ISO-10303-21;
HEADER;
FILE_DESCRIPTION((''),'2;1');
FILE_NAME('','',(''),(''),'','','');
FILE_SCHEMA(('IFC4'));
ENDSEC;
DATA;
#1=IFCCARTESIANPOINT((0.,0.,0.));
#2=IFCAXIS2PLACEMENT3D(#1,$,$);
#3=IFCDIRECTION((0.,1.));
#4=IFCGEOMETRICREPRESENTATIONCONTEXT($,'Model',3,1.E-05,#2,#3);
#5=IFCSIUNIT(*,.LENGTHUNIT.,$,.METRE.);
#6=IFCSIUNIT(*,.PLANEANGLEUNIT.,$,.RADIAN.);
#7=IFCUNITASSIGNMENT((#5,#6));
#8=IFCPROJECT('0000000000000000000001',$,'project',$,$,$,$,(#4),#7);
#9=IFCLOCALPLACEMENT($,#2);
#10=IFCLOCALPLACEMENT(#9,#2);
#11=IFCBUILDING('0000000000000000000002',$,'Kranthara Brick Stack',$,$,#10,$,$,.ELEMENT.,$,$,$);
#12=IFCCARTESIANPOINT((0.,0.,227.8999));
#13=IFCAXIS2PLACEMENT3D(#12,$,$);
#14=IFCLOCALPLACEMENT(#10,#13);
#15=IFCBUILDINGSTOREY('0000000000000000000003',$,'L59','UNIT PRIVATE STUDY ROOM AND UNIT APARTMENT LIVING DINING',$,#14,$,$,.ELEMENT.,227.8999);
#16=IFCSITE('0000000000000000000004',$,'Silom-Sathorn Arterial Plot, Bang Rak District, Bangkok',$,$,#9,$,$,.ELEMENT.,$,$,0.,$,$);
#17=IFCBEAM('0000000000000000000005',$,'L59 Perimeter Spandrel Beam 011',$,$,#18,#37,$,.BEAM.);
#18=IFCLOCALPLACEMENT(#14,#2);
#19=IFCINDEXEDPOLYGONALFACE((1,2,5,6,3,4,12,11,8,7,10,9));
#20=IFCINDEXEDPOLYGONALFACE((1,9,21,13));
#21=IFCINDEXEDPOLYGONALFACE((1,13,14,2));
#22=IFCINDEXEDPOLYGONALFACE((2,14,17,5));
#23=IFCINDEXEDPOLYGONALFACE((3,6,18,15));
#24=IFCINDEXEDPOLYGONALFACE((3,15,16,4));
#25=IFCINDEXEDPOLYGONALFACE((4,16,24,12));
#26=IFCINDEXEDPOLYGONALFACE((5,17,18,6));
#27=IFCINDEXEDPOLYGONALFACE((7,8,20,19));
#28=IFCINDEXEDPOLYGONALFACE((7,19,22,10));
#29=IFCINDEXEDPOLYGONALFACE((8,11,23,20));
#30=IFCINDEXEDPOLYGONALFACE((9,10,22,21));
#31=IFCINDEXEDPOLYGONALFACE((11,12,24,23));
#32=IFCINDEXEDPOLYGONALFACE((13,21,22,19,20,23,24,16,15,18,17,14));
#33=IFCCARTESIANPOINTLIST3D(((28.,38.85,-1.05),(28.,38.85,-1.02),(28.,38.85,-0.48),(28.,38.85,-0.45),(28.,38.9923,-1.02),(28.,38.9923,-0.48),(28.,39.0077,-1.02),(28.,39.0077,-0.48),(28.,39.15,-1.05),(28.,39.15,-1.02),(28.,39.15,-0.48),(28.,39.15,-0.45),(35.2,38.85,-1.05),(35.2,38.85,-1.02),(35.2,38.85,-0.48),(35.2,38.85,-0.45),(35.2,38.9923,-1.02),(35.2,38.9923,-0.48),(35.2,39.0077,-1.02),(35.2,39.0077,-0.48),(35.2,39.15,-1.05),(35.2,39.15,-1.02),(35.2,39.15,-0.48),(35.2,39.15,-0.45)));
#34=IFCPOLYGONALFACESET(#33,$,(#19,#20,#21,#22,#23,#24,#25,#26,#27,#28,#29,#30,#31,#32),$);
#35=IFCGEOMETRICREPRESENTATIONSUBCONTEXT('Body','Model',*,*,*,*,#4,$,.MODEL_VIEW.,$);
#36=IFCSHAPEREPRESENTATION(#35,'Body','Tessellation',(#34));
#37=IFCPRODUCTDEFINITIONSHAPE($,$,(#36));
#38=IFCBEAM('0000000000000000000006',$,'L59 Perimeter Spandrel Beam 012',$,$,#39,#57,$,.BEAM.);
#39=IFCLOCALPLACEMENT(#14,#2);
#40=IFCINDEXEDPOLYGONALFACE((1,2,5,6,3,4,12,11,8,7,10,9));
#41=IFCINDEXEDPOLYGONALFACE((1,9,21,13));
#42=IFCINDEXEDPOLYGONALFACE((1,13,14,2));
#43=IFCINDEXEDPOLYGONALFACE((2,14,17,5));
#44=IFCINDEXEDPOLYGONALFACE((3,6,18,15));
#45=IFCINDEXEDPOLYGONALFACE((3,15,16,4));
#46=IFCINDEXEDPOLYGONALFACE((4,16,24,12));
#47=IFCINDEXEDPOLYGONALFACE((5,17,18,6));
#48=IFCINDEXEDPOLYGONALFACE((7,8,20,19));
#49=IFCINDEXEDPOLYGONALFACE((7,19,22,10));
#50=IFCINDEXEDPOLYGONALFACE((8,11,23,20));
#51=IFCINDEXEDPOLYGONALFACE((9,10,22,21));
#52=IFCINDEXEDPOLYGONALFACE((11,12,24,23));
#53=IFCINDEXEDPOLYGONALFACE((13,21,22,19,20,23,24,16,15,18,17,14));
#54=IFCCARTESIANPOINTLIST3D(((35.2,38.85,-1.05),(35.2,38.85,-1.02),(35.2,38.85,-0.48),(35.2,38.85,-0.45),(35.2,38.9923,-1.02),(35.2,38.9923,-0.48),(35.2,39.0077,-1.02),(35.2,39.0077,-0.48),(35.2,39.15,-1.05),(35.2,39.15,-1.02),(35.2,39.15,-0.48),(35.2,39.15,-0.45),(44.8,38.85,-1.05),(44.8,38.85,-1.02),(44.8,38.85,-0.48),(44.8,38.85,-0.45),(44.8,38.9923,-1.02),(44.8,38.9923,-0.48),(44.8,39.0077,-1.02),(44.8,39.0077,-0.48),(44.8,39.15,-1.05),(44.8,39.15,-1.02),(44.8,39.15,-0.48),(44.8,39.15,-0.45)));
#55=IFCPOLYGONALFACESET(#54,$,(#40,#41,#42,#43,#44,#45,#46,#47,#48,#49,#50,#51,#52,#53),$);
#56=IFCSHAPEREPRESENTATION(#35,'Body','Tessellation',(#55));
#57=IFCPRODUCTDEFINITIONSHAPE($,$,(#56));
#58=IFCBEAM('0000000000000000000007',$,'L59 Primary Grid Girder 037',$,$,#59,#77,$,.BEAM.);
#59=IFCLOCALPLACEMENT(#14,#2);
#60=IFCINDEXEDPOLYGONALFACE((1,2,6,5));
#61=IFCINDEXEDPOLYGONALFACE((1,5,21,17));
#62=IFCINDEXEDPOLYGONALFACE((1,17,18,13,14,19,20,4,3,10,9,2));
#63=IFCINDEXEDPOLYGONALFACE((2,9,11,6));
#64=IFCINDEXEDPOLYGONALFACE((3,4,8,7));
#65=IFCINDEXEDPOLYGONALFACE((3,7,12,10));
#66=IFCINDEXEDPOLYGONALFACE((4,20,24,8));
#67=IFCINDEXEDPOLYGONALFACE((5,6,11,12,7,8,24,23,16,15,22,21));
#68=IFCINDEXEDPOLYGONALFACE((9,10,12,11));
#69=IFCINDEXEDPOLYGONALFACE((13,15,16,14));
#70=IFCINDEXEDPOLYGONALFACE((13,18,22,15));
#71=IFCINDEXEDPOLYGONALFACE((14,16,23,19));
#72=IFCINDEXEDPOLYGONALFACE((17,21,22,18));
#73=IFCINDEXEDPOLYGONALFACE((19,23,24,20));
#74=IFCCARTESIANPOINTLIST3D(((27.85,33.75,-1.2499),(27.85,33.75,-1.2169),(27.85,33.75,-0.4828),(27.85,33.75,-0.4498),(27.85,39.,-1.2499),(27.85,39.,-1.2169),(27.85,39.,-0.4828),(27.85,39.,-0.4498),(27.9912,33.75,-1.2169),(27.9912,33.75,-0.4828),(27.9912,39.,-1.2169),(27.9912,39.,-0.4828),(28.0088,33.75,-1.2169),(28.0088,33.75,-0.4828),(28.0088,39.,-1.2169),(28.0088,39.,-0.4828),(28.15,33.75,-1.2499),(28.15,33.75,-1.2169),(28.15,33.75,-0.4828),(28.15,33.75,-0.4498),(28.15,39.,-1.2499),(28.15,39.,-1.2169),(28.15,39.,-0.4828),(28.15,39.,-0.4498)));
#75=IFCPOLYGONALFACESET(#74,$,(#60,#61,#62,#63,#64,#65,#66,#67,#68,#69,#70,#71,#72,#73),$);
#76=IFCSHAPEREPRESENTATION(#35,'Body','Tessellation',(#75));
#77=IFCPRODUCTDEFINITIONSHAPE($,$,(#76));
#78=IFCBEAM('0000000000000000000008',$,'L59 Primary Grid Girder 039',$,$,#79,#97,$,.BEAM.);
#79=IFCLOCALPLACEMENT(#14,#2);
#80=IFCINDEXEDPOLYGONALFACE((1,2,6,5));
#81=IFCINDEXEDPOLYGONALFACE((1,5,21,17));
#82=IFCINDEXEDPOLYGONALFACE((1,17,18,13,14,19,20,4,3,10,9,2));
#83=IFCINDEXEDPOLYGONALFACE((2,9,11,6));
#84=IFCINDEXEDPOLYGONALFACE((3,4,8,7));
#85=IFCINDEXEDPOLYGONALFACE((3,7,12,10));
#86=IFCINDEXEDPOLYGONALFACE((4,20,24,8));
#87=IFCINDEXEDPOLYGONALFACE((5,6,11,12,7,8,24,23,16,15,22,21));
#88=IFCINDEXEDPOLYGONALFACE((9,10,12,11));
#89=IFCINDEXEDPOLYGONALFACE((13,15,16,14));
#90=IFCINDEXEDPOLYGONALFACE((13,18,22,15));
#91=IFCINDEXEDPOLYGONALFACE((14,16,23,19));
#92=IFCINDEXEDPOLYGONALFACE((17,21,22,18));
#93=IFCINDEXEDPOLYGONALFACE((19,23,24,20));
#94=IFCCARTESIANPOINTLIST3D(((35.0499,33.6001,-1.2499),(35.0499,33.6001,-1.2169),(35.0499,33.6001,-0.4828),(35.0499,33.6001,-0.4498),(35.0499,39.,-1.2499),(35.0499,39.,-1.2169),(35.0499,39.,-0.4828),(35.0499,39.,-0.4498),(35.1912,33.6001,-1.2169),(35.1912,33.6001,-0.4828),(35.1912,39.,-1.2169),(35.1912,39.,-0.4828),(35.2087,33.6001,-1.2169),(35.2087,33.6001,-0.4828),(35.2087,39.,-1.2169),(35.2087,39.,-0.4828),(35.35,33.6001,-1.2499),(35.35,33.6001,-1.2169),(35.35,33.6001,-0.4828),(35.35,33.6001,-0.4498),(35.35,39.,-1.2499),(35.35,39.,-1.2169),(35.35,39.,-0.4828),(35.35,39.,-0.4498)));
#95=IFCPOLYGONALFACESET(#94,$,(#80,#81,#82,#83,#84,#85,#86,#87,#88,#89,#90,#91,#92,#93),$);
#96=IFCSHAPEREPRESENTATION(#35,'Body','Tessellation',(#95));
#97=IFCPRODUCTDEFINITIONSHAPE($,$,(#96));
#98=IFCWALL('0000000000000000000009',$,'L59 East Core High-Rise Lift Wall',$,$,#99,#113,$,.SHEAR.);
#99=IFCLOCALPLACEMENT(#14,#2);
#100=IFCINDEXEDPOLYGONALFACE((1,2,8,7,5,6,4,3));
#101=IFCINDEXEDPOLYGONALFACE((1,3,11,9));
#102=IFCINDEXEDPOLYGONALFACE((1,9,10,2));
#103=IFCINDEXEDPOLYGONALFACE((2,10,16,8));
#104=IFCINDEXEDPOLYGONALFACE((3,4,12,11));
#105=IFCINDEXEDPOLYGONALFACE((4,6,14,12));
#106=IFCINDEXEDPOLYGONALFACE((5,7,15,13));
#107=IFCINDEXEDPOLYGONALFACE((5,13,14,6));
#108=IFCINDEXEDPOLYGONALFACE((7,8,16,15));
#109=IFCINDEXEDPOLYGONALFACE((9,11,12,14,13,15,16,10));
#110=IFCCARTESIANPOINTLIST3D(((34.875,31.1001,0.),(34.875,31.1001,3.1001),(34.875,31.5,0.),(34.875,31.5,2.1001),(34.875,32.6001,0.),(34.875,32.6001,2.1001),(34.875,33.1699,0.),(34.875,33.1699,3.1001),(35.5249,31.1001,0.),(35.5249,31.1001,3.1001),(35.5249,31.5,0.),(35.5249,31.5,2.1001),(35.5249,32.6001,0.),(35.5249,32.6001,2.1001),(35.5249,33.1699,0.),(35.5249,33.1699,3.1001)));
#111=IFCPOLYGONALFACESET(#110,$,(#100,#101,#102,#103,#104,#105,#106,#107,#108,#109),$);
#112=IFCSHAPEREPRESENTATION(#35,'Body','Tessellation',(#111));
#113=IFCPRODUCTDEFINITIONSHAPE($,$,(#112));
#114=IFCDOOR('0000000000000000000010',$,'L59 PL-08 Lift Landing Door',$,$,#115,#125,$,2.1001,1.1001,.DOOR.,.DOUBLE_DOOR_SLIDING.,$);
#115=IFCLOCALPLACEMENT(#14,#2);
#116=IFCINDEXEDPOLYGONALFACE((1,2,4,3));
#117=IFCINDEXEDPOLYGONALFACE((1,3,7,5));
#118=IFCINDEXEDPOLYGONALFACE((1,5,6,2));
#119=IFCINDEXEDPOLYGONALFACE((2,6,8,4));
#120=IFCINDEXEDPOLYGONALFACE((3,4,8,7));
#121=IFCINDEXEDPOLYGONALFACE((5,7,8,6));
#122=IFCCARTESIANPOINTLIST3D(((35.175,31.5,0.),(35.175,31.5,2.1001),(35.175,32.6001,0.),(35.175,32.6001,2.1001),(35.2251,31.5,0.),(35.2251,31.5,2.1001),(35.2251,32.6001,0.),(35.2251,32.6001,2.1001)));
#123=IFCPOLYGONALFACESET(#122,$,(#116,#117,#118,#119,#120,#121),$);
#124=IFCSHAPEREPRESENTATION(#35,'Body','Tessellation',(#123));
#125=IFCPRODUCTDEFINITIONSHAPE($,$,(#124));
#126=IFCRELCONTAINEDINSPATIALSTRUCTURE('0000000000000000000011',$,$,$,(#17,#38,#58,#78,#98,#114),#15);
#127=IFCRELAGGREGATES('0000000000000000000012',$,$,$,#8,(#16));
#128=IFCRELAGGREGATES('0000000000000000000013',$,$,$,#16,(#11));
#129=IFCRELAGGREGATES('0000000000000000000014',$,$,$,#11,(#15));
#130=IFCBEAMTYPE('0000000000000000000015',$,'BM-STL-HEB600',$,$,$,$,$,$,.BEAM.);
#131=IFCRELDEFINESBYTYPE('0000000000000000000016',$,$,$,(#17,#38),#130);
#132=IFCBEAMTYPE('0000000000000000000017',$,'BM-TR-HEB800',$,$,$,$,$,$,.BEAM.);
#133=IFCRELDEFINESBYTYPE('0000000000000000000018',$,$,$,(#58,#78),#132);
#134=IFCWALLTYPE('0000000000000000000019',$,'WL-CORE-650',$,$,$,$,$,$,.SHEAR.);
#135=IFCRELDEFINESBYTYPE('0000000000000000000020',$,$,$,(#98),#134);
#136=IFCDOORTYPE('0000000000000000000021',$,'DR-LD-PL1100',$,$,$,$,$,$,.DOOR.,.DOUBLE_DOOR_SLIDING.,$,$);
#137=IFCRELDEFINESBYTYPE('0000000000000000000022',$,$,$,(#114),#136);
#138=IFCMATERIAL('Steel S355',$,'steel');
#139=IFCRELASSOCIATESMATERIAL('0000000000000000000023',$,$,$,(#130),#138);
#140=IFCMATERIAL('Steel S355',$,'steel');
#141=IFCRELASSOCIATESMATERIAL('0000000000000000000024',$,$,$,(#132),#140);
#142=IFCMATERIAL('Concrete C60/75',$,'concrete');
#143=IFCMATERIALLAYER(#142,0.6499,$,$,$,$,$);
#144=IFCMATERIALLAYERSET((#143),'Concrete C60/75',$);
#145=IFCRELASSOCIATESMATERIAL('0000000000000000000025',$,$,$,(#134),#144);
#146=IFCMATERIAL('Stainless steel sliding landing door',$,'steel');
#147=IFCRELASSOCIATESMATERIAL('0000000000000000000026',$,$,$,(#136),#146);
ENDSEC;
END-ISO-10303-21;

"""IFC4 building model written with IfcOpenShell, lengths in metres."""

from ifc_helpers import new_model, si_unit, direction, frame, frame_2d, origin, origin_2d, place, context, subcontext, project, spatial, rectangle, i_section, extrude, material, layer, layer_set, material_profile, profile_set, type_object, element, fill, save


model = new_model("IFC4")

# Units and contexts
model_context = context("Model", 3, precision=1e-05, world=origin(), true_north=direction((0.0, 1.0)))
body_context = subcontext(model_context, "Body", "Model", "MODEL_VIEW")
ifc_project = project(units=[si_unit("LENGTHUNIT", "METRE"), si_unit("PLANEANGLEUNIT", "RADIAN")], contexts=[model_context])

# Site, building, storey
site_placement = place(None, origin())
site = spatial("IfcSite", under=ifc_project, at=site_placement, Name="Silom-Sathorn Arterial Plot, Bang Rak District, Bangkok", CompositionType="ELEMENT", RefElevation=0.0)
building_placement = place(site_placement, origin())
building = spatial("IfcBuilding", under=site, at=building_placement, Name="Kranthara Brick Stack", CompositionType="ELEMENT")
storey_placement = place(building_placement, frame((0.0, 0.0, 227.8999)))
storey = spatial("IfcBuildingStorey", under=building, at=storey_placement, Name="L59", Description="UNIT PRIVATE STUDY ROOM AND UNIT APARTMENT LIVING DINING", CompositionType="ELEMENT", Elevation=227.8999)

# Beams
ifc_material_1 = material(Name="Steel S355", Category="steel")
ifc_material_profile_1 = material_profile(ifc_material_1, i_section(OverallWidth=0.3, OverallDepth=0.6001, WebThickness=0.0154, FlangeThickness=0.03, at=origin_2d()), Name="HEB 600")
ifc_profile_set_1 = profile_set([ifc_material_profile_1], Name="Steel S355")
beam_type_1 = type_object("IfcBeamType", Name="BM-STL-HEB600", PredefinedType="BEAM", material=ifc_profile_set_1)
beam_1_placement = place(storey_placement, frame((28.0, 39.0, -0.75), z_axis=(1.0, 0.0, 0.0), x_axis=(0.0, 1.0, 0.0)))
element("IfcBeam", 1, at=beam_1_placement, inside=storey, type_object=beam_type_1, Name="L59 Perimeter Spandrel Beam 011", PredefinedType="BEAM", context=body_context, shape_type="SweptSolid", body=[
    extrude(i_section(OverallWidth=0.3, OverallDepth=0.6001, WebThickness=0.0154, FlangeThickness=0.03, at=origin_2d()), origin(), (0.0, 0.0, 1.0), 7.2),
])
beam_2_placement = place(storey_placement, frame((35.2, 39.0, -0.75), z_axis=(1.0, 0.0, 0.0), x_axis=(0.0, 1.0, 0.0)))
element("IfcBeam", 2, at=beam_2_placement, inside=storey, type_object=beam_type_1, Name="L59 Perimeter Spandrel Beam 012", PredefinedType="BEAM", context=body_context, shape_type="SweptSolid", body=[
    extrude(i_section(OverallWidth=0.3, OverallDepth=0.6001, WebThickness=0.0154, FlangeThickness=0.03, at=origin_2d()), origin(), (0.0, 0.0, 1.0), 9.6001),
])
ifc_material_2 = material(Name="Steel S355", Category="steel")
ifc_material_profile_2 = material_profile(ifc_material_2, i_section(OverallWidth=0.3, OverallDepth=0.8, WebThickness=0.0176, FlangeThickness=0.033, at=origin_2d()), Name="HEB 800")
ifc_profile_set_2 = profile_set([ifc_material_profile_2], Name="Steel S355")
beam_type_2 = type_object("IfcBeamType", Name="BM-TR-HEB800", PredefinedType="BEAM", material=ifc_profile_set_2)
beam_3_placement = place(storey_placement, frame((28.0, 33.75, -0.8499), z_axis=(0.0, 1.0, 0.0), x_axis=(-1.0, 0.0, 0.0)))
element("IfcBeam", 3, at=beam_3_placement, inside=storey, type_object=beam_type_2, Name="L59 Primary Grid Girder 037", PredefinedType="BEAM", context=body_context, shape_type="SweptSolid", body=[
    extrude(i_section(OverallWidth=0.3, OverallDepth=0.8, WebThickness=0.0176, FlangeThickness=0.033, at=origin_2d()), origin(), (0.0, 0.0, 1.0), 5.25),
])
beam_4_placement = place(storey_placement, frame((35.2, 33.6001, -0.8499), z_axis=(0.0, 1.0, 0.0), x_axis=(-1.0, 0.0, 0.0)))
element("IfcBeam", 4, at=beam_4_placement, inside=storey, type_object=beam_type_2, Name="L59 Primary Grid Girder 039", PredefinedType="BEAM", context=body_context, shape_type="SweptSolid", body=[
    extrude(i_section(OverallWidth=0.3, OverallDepth=0.8, WebThickness=0.0176, FlangeThickness=0.033, at=origin_2d()), origin(), (0.0, 0.0, 1.0), 5.3999),
])

# Shared definitions
ifc_material_3 = material(Name="Concrete C60/75", Category="concrete")
ifc_layer = layer(ifc_material_3, 0.6499)
ifc_layer_set = layer_set([ifc_layer], Name="Concrete C60/75")
wall_type = type_object("IfcWallType", Name="WL-CORE-650", PredefinedType="SHEAR", material=ifc_layer_set)

# Wall, opening, door
wall_1_placement = place(storey_placement, frame((35.2, 31.1001, 0.0), z_axis=(0.0, 0.0, 1.0), x_axis=(0.0, 1.0, 0.0)))
wall_1 = element("IfcWall", 5, at=wall_1_placement, inside=storey, type_object=wall_type, Name="L59 East Core High-Rise Lift Wall", PredefinedType="SHEAR", context=body_context, shape_type="SweptSolid", body=[
    extrude(rectangle(XDim=2.0698, YDim=0.6499, at=frame_2d((1.0349, 0.0))), origin(), (0.0, 0.0, 1.0), 3.1001),
])
opening_1_placement = place(wall_1_placement, frame((0.3999, 0.0, 0.0)))
opening_1 = element("IfcOpeningElement", 6, at=opening_1_placement, cuts=wall_1, PredefinedType="OPENING", context=body_context, shape_type="SweptSolid", body=[
    extrude(rectangle(XDim=1.1001, YDim=2.1001, at=frame_2d((0.55, 1.05))), frame((0.0, 0.335, 0.0), z_axis=(0.0, -1.0, 0.0), x_axis=(1.0, 0.0, 0.0)), (0.0, 0.0, 1.0), 0.6699),
])
ifc_material_4 = material(Name="Stainless steel sliding landing door", Category="steel")
door_type_1 = type_object("IfcDoorType", Name="DR-LD-PL1100", OperationType="DOUBLE_DOOR_SLIDING", PredefinedType="DOOR", material=ifc_material_4)
door_1_placement = place(opening_1_placement, origin())
door_1 = element("IfcDoor", 7, at=door_1_placement, inside=storey, type_object=door_type_1, Name="L59 PL-08 Lift Landing Door", OperationType="DOUBLE_DOOR_SLIDING", OverallHeight=2.1001, OverallWidth=1.1001, PredefinedType="DOOR", context=body_context, shape_type="SweptSolid", body=[
    extrude(rectangle(XDim=1.1001, YDim=2.1001, at=frame_2d((0.55, 1.05))), frame((0.0, 0.0249, 0.0), z_axis=(0.0, -1.0, 0.0), x_axis=(1.0, 0.0, 0.0)), (0.0, 0.0, 1.0), 0.05),
])
fill(opening_1, door_1)

save(model, "model.ifc")
